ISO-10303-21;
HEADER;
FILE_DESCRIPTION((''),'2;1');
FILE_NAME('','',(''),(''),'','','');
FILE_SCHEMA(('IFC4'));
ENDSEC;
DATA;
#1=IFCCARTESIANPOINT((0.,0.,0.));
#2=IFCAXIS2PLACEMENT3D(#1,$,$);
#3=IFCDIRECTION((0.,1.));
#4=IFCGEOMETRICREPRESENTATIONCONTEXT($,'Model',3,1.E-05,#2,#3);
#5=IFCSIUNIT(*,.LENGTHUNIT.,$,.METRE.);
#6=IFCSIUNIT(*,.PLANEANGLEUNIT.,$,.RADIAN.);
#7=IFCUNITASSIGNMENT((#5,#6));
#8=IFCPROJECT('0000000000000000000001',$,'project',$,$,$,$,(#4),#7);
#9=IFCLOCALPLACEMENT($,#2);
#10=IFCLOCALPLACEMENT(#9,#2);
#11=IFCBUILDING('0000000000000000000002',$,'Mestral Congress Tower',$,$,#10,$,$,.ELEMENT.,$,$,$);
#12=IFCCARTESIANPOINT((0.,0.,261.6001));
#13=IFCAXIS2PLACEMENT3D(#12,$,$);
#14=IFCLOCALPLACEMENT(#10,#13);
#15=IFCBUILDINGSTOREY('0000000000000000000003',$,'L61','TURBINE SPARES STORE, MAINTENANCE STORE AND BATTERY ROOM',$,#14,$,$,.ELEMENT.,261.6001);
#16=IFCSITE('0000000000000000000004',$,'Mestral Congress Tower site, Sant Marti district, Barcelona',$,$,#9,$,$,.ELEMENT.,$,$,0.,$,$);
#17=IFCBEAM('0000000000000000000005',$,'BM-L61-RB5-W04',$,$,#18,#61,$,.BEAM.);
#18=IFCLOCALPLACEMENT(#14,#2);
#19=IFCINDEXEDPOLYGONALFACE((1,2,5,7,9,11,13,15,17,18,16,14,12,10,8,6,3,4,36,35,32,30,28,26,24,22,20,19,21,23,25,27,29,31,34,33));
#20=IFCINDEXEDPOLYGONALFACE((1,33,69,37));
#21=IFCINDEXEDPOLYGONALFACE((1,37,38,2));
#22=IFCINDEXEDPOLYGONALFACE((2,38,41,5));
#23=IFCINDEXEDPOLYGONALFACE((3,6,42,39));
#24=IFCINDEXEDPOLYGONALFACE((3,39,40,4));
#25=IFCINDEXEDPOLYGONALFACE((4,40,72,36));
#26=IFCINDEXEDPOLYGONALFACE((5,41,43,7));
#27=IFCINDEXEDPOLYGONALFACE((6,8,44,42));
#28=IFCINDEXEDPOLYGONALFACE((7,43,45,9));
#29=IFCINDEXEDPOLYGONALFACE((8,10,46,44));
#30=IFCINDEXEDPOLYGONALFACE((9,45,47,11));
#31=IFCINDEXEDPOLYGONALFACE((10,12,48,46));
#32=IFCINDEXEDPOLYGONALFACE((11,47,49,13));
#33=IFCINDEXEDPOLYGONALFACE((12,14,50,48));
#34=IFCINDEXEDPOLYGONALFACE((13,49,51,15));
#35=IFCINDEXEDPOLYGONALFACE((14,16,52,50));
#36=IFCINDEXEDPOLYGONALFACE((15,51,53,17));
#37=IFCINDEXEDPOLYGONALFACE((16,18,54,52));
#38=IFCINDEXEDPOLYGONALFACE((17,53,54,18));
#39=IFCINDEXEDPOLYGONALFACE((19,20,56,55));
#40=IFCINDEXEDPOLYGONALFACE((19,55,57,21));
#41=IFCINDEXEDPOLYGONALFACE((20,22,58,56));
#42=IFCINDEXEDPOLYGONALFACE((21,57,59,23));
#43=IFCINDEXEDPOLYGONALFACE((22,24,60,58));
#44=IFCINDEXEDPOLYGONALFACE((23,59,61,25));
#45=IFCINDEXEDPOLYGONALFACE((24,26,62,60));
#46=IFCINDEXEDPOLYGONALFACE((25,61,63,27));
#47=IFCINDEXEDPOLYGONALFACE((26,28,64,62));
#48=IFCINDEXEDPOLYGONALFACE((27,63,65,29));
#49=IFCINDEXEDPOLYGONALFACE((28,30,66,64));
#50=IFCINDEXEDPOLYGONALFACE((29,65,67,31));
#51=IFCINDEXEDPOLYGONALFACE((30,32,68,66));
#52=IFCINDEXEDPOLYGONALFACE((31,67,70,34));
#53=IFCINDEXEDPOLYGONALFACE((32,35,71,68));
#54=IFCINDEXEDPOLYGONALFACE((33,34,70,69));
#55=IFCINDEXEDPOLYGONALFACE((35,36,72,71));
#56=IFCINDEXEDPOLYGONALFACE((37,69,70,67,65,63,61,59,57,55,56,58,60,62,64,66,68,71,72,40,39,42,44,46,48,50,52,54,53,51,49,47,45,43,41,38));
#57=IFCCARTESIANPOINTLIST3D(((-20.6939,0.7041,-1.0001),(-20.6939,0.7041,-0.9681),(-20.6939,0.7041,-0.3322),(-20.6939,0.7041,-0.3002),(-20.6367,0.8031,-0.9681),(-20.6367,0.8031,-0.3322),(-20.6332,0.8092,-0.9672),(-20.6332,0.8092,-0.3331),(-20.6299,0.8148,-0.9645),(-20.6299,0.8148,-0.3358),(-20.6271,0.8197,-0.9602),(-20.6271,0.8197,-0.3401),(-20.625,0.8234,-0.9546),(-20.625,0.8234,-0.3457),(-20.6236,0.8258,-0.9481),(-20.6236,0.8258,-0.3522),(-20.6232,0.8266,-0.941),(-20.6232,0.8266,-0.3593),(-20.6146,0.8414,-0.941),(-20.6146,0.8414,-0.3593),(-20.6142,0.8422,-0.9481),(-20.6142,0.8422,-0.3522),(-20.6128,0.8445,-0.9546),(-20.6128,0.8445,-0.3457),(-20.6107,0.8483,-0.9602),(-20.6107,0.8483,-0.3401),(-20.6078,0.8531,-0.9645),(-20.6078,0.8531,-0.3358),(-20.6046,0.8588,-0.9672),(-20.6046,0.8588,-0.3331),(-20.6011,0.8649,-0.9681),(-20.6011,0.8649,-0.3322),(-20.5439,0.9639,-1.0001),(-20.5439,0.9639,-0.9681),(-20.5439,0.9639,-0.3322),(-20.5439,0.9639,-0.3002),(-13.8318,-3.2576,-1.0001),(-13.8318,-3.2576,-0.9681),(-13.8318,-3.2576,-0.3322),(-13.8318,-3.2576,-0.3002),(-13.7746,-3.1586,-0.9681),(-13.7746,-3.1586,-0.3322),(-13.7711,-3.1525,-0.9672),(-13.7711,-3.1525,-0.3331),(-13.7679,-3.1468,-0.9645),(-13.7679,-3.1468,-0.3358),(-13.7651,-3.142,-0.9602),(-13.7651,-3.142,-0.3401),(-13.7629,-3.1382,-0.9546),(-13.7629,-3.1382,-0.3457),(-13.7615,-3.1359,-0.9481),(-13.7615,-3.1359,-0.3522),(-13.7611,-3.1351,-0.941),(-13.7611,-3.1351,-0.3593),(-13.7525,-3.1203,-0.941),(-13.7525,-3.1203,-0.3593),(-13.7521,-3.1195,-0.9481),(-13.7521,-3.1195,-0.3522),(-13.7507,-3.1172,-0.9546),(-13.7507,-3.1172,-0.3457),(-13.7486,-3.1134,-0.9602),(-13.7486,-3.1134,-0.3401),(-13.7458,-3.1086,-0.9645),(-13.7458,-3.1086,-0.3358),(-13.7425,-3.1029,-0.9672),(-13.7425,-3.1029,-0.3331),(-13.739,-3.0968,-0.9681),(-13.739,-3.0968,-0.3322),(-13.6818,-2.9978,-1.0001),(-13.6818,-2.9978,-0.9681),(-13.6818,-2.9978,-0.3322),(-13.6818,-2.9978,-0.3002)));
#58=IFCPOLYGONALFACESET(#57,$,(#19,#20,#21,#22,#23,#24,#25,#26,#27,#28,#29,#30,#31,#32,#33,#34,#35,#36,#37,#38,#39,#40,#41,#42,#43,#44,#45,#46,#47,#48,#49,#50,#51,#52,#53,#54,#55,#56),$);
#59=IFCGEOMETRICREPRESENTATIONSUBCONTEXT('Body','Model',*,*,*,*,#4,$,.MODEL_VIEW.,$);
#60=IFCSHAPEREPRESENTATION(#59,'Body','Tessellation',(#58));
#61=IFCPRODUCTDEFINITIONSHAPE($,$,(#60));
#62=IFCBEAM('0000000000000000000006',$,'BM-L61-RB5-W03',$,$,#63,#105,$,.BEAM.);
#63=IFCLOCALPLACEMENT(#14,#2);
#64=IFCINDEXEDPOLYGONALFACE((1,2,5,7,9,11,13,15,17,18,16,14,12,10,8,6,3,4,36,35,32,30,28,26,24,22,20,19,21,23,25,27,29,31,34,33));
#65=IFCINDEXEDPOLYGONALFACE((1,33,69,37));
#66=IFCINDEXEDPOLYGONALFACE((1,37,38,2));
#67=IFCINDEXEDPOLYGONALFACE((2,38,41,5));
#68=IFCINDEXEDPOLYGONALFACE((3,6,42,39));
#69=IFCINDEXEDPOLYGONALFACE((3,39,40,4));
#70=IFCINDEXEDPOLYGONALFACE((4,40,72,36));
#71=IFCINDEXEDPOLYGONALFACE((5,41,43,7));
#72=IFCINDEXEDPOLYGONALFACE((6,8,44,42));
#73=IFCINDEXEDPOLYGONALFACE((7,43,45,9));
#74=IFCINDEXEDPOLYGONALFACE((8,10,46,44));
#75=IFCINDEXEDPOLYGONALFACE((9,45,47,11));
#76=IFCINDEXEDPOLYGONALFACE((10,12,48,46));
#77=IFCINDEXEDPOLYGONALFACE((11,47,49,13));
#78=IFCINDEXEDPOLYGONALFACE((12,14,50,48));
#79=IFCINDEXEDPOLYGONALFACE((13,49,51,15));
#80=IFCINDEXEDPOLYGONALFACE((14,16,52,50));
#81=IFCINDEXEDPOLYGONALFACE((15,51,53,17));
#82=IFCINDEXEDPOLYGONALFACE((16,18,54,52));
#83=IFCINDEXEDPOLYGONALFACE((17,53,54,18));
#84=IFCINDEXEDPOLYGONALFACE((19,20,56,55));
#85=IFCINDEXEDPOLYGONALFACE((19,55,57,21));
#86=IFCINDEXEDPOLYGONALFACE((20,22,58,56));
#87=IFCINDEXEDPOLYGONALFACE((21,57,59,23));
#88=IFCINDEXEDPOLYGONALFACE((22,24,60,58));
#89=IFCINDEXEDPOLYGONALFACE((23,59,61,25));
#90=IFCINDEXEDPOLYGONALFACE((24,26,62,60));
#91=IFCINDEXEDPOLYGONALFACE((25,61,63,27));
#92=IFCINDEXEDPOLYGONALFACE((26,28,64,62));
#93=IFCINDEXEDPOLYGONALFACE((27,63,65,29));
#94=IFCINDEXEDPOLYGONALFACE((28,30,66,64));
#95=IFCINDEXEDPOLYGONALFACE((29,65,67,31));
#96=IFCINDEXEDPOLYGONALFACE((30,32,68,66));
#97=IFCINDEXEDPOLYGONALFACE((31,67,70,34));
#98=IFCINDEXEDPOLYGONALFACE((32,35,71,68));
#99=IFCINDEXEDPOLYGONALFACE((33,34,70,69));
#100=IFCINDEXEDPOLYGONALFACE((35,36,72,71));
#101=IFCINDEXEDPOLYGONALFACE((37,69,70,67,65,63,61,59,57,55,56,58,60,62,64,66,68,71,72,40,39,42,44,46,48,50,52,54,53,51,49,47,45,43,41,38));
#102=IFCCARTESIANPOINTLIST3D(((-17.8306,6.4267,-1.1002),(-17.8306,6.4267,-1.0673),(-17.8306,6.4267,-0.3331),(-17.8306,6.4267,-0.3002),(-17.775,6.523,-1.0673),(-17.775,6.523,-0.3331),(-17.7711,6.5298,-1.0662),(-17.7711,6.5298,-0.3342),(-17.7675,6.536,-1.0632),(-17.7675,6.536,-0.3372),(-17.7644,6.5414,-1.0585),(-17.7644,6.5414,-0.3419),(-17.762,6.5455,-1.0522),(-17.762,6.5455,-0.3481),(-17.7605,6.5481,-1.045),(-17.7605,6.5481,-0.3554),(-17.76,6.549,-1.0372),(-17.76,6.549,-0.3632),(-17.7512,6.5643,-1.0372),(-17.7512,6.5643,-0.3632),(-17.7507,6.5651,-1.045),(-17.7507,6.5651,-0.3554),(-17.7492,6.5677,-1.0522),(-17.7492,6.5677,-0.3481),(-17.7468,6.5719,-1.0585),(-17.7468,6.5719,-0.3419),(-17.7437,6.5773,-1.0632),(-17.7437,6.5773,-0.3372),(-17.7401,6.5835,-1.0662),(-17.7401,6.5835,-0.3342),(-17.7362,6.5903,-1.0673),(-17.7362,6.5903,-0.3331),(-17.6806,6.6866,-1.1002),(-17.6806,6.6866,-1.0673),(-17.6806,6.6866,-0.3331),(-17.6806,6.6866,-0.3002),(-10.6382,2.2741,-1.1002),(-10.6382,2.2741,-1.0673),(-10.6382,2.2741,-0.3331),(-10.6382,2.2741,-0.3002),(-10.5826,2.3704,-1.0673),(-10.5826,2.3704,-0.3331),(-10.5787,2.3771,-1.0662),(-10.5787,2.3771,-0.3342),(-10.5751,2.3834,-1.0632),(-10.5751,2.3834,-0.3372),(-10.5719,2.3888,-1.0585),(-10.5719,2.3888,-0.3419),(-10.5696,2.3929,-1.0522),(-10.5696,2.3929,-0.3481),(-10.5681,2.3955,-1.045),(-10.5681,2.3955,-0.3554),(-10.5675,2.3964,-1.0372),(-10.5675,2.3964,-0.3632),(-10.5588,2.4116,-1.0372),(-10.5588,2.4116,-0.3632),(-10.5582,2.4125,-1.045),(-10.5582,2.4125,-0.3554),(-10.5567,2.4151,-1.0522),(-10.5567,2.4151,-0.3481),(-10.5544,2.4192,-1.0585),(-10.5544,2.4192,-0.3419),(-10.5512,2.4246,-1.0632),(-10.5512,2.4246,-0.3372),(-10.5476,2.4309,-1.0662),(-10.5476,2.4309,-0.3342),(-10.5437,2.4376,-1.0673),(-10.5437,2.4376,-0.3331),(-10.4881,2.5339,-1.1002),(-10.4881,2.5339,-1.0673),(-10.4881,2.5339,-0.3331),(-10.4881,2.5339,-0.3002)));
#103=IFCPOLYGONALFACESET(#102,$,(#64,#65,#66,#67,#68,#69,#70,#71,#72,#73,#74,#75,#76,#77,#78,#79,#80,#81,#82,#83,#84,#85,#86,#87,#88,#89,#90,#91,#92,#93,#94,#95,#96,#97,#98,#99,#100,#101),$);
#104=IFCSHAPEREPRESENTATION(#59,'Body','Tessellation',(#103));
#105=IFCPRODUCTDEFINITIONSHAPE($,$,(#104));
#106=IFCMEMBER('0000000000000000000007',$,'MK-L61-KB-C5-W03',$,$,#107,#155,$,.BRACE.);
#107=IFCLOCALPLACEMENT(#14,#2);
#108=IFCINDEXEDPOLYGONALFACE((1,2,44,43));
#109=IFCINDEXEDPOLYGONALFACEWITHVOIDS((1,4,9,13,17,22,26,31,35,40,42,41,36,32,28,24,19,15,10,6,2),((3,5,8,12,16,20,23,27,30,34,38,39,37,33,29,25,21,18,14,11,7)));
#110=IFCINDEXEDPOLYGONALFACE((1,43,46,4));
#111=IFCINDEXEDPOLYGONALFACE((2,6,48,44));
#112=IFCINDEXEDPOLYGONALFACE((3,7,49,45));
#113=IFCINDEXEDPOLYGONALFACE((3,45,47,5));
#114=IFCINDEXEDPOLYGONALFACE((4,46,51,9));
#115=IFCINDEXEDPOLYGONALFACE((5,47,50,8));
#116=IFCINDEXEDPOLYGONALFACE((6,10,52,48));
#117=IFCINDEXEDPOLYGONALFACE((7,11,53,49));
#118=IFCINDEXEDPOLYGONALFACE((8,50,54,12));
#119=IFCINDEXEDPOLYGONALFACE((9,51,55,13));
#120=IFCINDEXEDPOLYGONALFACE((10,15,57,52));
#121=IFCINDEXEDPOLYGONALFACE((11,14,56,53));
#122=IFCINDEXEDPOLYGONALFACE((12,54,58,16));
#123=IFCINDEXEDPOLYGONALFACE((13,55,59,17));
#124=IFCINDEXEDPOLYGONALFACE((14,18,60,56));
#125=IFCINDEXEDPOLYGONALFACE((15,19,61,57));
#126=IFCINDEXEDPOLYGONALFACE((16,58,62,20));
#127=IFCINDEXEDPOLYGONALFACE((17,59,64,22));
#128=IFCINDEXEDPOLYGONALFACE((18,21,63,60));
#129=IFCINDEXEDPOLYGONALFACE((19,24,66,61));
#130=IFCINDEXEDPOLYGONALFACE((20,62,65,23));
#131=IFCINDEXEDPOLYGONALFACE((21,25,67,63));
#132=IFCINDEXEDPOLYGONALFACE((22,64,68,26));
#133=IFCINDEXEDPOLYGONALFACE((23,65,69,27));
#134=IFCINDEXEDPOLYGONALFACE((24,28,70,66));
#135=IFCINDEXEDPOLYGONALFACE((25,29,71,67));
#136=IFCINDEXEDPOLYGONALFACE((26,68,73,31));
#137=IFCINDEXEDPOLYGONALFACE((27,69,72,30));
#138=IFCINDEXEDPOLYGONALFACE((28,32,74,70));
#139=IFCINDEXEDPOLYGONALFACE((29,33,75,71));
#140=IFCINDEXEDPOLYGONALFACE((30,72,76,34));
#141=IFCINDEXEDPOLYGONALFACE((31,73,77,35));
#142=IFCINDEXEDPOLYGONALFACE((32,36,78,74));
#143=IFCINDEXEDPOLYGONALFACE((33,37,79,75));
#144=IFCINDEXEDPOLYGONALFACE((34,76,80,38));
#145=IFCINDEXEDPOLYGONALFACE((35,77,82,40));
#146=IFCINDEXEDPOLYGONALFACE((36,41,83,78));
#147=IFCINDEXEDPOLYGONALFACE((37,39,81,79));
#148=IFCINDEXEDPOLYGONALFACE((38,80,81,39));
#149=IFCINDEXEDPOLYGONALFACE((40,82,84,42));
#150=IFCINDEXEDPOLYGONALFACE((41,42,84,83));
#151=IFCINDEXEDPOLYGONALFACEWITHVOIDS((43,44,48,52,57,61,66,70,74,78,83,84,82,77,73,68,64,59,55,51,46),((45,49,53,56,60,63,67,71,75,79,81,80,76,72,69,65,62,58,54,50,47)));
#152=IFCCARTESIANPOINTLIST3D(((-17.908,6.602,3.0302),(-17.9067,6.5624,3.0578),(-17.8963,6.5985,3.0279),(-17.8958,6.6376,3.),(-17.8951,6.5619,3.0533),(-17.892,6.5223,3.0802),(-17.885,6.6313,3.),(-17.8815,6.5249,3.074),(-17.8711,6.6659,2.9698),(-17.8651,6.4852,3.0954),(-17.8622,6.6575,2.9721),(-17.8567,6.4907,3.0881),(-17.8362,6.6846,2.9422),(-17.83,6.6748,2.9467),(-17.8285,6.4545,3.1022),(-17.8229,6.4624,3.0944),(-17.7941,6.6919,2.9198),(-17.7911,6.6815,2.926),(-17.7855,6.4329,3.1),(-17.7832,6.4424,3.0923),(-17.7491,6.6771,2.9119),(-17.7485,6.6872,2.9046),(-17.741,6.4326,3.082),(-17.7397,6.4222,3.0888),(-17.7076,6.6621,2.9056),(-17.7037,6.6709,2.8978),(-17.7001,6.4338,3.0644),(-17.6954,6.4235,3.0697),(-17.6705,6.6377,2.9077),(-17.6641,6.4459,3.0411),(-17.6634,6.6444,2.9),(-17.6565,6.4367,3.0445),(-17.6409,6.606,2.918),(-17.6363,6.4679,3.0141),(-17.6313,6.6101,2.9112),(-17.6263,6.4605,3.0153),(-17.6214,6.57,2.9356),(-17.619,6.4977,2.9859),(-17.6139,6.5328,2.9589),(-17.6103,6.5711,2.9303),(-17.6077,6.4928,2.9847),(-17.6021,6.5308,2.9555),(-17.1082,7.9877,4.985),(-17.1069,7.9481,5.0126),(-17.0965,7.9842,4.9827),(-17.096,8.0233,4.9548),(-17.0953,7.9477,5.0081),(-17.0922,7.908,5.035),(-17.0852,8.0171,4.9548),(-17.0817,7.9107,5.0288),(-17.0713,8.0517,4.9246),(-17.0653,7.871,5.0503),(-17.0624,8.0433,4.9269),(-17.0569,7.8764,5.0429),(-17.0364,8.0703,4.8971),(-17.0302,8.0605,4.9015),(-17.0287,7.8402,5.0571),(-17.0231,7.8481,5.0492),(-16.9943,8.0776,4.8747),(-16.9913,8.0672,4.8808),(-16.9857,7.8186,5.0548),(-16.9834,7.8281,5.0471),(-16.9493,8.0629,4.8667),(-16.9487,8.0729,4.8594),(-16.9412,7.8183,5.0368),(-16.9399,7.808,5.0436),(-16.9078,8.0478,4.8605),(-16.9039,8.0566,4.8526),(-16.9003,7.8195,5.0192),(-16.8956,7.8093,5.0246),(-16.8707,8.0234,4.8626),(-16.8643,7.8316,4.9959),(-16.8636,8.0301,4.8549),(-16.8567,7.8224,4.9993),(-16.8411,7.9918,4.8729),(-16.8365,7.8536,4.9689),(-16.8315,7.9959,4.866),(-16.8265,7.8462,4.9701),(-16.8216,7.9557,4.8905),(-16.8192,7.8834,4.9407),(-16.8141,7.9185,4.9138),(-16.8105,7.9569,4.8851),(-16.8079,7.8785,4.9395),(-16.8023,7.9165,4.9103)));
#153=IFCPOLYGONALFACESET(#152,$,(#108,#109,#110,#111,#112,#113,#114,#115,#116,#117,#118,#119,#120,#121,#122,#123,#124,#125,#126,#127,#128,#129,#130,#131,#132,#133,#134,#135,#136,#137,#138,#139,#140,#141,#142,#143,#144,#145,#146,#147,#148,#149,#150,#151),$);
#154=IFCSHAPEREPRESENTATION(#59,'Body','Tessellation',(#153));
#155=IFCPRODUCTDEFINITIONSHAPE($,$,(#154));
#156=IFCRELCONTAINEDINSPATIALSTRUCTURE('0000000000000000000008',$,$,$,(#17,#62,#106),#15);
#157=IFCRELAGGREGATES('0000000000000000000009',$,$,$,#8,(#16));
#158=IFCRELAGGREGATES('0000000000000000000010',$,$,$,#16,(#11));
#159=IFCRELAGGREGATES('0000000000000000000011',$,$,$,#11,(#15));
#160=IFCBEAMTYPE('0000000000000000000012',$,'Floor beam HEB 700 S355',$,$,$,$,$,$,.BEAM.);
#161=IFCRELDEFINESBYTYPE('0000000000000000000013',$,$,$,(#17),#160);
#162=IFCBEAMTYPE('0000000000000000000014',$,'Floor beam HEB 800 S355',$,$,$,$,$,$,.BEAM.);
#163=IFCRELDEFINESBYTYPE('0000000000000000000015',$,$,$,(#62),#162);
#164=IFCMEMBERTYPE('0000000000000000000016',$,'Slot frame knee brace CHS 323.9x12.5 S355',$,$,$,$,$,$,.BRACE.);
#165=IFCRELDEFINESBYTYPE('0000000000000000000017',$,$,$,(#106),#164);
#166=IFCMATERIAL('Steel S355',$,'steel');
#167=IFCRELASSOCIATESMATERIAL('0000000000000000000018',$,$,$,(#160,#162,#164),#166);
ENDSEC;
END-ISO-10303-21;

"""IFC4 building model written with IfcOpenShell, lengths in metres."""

from ifc_helpers import new_model, si_unit, direction, frame, origin, origin_2d, place, context, subcontext, project, spatial, hollow_circle, i_section, extrude, material, material_profile, profile_set, type_object, element, save


model = new_model("IFC4")

# Units and contexts
model_context = context("Model", 3, precision=1e-05, world=origin(), true_north=direction((0.0, 1.0)))
body_context = subcontext(model_context, "Body", "Model", "MODEL_VIEW")
ifc_project = project(units=[si_unit("LENGTHUNIT", "METRE"), si_unit("PLANEANGLEUNIT", "RADIAN")], contexts=[model_context])

# Site, building, storey
site_placement = place(None, origin())
site = spatial("IfcSite", under=ifc_project, at=site_placement, Name="Mestral Congress Tower site, Sant Marti district, Barcelona", CompositionType="ELEMENT", RefElevation=0.0)
building_placement = place(site_placement, origin())
building = spatial("IfcBuilding", under=site, at=building_placement, Name="Mestral Congress Tower", CompositionType="ELEMENT")
storey_placement = place(building_placement, frame((0.0, 0.0, 261.6001)))
storey = spatial("IfcBuildingStorey", under=building, at=storey_placement, Name="L61", Description="TURBINE SPARES STORE, MAINTENANCE STORE AND BATTERY ROOM", CompositionType="ELEMENT", Elevation=261.6001)

# Beams
ifc_material_1 = material(Name="Steel S355", Category="steel")
ifc_material_profile_1 = material_profile(ifc_material_1, i_section(OverallWidth=0.3, OverallDepth=0.7, WebThickness=0.0171, FlangeThickness=0.032, FilletRadius=0.0271, at=origin_2d()), Name="HEB 700")
ifc_profile_set_1 = profile_set([ifc_material_profile_1], Name="Steel S355")
beam_type_1 = type_object("IfcBeamType", Name="Floor beam HEB 700 S355", PredefinedType="BEAM", material=ifc_profile_set_1)
beam_1_placement = place(storey_placement, frame((-20.6189, 0.834, -0.6501), z_axis=(0.866033, -0.499987, 0.0), x_axis=(0.499987, 0.866033, 0.0)))
element("IfcBeam", 1, at=beam_1_placement, inside=storey, type_object=beam_type_1, Name="BM-L61-RB5-W04", PredefinedType="BEAM", context=body_context, shape_type="SweptSolid", body=[
    extrude(i_section(OverallWidth=0.3, OverallDepth=0.7, WebThickness=0.0171, FlangeThickness=0.032, FilletRadius=0.0271, at=origin_2d()), origin(), (0.0, 0.0, 1.0), 7.9236),
])
ifc_material_profile_2 = material_profile(ifc_material_1, i_section(OverallWidth=0.3, OverallDepth=0.8, WebThickness=0.0176, FlangeThickness=0.033, FilletRadius=0.03, at=origin_2d()), Name="HEB 800")
ifc_profile_set_2 = profile_set([ifc_material_profile_2], Name="Steel S355")
beam_type_2 = type_object("IfcBeamType", Name="Floor beam HEB 800 S355", PredefinedType="BEAM", material=ifc_profile_set_2)
beam_2_placement = place(storey_placement, frame((-17.7556, 6.5566, -0.7002), z_axis=(0.866022, -0.500006, 0.0), x_axis=(0.500006, 0.866022, 0.0)))
element("IfcBeam", 2, at=beam_2_placement, inside=storey, type_object=beam_type_2, Name="BM-L61-RB5-W03", PredefinedType="BEAM", context=body_context, shape_type="SweptSolid", body=[
    extrude(i_section(OverallWidth=0.3, OverallDepth=0.8, WebThickness=0.0176, FlangeThickness=0.033, FilletRadius=0.03, at=origin_2d()), origin(), (0.0, 0.0, 1.0), 8.3052),
])

# Member
ifc_material_profile_3 = material_profile(ifc_material_1, hollow_circle(Radius=0.1619, WallThickness=0.0125, at=origin_2d()), Name="CHS 323.9x12.5")
ifc_profile_set_3 = profile_set([ifc_material_profile_3], Name="Steel S355")
member_type_1 = type_object("IfcMemberType", Name="Slot frame knee brace CHS 323.9x12.5 S355", PredefinedType="BRACE", material=ifc_profile_set_3)
member_1_placement = place(storey_placement, frame((-17.7556, 6.5566, 3.0), z_axis=(0.316612, 0.548563, 0.773845), x_axis=(-0.866094, 0.499881, 0.0)))
element("IfcMember", 3, at=member_1_placement, inside=storey, type_object=member_type_1, Name="MK-L61-KB-C5-W03", PredefinedType="BRACE", context=body_context, shape_type="SweptSolid", body=[
    extrude(hollow_circle(Radius=0.1619, WallThickness=0.0125, at=origin_2d()), origin(), (0.0, 0.0, 1.0), 2.5261),
])

save(model, "model.ifc")
